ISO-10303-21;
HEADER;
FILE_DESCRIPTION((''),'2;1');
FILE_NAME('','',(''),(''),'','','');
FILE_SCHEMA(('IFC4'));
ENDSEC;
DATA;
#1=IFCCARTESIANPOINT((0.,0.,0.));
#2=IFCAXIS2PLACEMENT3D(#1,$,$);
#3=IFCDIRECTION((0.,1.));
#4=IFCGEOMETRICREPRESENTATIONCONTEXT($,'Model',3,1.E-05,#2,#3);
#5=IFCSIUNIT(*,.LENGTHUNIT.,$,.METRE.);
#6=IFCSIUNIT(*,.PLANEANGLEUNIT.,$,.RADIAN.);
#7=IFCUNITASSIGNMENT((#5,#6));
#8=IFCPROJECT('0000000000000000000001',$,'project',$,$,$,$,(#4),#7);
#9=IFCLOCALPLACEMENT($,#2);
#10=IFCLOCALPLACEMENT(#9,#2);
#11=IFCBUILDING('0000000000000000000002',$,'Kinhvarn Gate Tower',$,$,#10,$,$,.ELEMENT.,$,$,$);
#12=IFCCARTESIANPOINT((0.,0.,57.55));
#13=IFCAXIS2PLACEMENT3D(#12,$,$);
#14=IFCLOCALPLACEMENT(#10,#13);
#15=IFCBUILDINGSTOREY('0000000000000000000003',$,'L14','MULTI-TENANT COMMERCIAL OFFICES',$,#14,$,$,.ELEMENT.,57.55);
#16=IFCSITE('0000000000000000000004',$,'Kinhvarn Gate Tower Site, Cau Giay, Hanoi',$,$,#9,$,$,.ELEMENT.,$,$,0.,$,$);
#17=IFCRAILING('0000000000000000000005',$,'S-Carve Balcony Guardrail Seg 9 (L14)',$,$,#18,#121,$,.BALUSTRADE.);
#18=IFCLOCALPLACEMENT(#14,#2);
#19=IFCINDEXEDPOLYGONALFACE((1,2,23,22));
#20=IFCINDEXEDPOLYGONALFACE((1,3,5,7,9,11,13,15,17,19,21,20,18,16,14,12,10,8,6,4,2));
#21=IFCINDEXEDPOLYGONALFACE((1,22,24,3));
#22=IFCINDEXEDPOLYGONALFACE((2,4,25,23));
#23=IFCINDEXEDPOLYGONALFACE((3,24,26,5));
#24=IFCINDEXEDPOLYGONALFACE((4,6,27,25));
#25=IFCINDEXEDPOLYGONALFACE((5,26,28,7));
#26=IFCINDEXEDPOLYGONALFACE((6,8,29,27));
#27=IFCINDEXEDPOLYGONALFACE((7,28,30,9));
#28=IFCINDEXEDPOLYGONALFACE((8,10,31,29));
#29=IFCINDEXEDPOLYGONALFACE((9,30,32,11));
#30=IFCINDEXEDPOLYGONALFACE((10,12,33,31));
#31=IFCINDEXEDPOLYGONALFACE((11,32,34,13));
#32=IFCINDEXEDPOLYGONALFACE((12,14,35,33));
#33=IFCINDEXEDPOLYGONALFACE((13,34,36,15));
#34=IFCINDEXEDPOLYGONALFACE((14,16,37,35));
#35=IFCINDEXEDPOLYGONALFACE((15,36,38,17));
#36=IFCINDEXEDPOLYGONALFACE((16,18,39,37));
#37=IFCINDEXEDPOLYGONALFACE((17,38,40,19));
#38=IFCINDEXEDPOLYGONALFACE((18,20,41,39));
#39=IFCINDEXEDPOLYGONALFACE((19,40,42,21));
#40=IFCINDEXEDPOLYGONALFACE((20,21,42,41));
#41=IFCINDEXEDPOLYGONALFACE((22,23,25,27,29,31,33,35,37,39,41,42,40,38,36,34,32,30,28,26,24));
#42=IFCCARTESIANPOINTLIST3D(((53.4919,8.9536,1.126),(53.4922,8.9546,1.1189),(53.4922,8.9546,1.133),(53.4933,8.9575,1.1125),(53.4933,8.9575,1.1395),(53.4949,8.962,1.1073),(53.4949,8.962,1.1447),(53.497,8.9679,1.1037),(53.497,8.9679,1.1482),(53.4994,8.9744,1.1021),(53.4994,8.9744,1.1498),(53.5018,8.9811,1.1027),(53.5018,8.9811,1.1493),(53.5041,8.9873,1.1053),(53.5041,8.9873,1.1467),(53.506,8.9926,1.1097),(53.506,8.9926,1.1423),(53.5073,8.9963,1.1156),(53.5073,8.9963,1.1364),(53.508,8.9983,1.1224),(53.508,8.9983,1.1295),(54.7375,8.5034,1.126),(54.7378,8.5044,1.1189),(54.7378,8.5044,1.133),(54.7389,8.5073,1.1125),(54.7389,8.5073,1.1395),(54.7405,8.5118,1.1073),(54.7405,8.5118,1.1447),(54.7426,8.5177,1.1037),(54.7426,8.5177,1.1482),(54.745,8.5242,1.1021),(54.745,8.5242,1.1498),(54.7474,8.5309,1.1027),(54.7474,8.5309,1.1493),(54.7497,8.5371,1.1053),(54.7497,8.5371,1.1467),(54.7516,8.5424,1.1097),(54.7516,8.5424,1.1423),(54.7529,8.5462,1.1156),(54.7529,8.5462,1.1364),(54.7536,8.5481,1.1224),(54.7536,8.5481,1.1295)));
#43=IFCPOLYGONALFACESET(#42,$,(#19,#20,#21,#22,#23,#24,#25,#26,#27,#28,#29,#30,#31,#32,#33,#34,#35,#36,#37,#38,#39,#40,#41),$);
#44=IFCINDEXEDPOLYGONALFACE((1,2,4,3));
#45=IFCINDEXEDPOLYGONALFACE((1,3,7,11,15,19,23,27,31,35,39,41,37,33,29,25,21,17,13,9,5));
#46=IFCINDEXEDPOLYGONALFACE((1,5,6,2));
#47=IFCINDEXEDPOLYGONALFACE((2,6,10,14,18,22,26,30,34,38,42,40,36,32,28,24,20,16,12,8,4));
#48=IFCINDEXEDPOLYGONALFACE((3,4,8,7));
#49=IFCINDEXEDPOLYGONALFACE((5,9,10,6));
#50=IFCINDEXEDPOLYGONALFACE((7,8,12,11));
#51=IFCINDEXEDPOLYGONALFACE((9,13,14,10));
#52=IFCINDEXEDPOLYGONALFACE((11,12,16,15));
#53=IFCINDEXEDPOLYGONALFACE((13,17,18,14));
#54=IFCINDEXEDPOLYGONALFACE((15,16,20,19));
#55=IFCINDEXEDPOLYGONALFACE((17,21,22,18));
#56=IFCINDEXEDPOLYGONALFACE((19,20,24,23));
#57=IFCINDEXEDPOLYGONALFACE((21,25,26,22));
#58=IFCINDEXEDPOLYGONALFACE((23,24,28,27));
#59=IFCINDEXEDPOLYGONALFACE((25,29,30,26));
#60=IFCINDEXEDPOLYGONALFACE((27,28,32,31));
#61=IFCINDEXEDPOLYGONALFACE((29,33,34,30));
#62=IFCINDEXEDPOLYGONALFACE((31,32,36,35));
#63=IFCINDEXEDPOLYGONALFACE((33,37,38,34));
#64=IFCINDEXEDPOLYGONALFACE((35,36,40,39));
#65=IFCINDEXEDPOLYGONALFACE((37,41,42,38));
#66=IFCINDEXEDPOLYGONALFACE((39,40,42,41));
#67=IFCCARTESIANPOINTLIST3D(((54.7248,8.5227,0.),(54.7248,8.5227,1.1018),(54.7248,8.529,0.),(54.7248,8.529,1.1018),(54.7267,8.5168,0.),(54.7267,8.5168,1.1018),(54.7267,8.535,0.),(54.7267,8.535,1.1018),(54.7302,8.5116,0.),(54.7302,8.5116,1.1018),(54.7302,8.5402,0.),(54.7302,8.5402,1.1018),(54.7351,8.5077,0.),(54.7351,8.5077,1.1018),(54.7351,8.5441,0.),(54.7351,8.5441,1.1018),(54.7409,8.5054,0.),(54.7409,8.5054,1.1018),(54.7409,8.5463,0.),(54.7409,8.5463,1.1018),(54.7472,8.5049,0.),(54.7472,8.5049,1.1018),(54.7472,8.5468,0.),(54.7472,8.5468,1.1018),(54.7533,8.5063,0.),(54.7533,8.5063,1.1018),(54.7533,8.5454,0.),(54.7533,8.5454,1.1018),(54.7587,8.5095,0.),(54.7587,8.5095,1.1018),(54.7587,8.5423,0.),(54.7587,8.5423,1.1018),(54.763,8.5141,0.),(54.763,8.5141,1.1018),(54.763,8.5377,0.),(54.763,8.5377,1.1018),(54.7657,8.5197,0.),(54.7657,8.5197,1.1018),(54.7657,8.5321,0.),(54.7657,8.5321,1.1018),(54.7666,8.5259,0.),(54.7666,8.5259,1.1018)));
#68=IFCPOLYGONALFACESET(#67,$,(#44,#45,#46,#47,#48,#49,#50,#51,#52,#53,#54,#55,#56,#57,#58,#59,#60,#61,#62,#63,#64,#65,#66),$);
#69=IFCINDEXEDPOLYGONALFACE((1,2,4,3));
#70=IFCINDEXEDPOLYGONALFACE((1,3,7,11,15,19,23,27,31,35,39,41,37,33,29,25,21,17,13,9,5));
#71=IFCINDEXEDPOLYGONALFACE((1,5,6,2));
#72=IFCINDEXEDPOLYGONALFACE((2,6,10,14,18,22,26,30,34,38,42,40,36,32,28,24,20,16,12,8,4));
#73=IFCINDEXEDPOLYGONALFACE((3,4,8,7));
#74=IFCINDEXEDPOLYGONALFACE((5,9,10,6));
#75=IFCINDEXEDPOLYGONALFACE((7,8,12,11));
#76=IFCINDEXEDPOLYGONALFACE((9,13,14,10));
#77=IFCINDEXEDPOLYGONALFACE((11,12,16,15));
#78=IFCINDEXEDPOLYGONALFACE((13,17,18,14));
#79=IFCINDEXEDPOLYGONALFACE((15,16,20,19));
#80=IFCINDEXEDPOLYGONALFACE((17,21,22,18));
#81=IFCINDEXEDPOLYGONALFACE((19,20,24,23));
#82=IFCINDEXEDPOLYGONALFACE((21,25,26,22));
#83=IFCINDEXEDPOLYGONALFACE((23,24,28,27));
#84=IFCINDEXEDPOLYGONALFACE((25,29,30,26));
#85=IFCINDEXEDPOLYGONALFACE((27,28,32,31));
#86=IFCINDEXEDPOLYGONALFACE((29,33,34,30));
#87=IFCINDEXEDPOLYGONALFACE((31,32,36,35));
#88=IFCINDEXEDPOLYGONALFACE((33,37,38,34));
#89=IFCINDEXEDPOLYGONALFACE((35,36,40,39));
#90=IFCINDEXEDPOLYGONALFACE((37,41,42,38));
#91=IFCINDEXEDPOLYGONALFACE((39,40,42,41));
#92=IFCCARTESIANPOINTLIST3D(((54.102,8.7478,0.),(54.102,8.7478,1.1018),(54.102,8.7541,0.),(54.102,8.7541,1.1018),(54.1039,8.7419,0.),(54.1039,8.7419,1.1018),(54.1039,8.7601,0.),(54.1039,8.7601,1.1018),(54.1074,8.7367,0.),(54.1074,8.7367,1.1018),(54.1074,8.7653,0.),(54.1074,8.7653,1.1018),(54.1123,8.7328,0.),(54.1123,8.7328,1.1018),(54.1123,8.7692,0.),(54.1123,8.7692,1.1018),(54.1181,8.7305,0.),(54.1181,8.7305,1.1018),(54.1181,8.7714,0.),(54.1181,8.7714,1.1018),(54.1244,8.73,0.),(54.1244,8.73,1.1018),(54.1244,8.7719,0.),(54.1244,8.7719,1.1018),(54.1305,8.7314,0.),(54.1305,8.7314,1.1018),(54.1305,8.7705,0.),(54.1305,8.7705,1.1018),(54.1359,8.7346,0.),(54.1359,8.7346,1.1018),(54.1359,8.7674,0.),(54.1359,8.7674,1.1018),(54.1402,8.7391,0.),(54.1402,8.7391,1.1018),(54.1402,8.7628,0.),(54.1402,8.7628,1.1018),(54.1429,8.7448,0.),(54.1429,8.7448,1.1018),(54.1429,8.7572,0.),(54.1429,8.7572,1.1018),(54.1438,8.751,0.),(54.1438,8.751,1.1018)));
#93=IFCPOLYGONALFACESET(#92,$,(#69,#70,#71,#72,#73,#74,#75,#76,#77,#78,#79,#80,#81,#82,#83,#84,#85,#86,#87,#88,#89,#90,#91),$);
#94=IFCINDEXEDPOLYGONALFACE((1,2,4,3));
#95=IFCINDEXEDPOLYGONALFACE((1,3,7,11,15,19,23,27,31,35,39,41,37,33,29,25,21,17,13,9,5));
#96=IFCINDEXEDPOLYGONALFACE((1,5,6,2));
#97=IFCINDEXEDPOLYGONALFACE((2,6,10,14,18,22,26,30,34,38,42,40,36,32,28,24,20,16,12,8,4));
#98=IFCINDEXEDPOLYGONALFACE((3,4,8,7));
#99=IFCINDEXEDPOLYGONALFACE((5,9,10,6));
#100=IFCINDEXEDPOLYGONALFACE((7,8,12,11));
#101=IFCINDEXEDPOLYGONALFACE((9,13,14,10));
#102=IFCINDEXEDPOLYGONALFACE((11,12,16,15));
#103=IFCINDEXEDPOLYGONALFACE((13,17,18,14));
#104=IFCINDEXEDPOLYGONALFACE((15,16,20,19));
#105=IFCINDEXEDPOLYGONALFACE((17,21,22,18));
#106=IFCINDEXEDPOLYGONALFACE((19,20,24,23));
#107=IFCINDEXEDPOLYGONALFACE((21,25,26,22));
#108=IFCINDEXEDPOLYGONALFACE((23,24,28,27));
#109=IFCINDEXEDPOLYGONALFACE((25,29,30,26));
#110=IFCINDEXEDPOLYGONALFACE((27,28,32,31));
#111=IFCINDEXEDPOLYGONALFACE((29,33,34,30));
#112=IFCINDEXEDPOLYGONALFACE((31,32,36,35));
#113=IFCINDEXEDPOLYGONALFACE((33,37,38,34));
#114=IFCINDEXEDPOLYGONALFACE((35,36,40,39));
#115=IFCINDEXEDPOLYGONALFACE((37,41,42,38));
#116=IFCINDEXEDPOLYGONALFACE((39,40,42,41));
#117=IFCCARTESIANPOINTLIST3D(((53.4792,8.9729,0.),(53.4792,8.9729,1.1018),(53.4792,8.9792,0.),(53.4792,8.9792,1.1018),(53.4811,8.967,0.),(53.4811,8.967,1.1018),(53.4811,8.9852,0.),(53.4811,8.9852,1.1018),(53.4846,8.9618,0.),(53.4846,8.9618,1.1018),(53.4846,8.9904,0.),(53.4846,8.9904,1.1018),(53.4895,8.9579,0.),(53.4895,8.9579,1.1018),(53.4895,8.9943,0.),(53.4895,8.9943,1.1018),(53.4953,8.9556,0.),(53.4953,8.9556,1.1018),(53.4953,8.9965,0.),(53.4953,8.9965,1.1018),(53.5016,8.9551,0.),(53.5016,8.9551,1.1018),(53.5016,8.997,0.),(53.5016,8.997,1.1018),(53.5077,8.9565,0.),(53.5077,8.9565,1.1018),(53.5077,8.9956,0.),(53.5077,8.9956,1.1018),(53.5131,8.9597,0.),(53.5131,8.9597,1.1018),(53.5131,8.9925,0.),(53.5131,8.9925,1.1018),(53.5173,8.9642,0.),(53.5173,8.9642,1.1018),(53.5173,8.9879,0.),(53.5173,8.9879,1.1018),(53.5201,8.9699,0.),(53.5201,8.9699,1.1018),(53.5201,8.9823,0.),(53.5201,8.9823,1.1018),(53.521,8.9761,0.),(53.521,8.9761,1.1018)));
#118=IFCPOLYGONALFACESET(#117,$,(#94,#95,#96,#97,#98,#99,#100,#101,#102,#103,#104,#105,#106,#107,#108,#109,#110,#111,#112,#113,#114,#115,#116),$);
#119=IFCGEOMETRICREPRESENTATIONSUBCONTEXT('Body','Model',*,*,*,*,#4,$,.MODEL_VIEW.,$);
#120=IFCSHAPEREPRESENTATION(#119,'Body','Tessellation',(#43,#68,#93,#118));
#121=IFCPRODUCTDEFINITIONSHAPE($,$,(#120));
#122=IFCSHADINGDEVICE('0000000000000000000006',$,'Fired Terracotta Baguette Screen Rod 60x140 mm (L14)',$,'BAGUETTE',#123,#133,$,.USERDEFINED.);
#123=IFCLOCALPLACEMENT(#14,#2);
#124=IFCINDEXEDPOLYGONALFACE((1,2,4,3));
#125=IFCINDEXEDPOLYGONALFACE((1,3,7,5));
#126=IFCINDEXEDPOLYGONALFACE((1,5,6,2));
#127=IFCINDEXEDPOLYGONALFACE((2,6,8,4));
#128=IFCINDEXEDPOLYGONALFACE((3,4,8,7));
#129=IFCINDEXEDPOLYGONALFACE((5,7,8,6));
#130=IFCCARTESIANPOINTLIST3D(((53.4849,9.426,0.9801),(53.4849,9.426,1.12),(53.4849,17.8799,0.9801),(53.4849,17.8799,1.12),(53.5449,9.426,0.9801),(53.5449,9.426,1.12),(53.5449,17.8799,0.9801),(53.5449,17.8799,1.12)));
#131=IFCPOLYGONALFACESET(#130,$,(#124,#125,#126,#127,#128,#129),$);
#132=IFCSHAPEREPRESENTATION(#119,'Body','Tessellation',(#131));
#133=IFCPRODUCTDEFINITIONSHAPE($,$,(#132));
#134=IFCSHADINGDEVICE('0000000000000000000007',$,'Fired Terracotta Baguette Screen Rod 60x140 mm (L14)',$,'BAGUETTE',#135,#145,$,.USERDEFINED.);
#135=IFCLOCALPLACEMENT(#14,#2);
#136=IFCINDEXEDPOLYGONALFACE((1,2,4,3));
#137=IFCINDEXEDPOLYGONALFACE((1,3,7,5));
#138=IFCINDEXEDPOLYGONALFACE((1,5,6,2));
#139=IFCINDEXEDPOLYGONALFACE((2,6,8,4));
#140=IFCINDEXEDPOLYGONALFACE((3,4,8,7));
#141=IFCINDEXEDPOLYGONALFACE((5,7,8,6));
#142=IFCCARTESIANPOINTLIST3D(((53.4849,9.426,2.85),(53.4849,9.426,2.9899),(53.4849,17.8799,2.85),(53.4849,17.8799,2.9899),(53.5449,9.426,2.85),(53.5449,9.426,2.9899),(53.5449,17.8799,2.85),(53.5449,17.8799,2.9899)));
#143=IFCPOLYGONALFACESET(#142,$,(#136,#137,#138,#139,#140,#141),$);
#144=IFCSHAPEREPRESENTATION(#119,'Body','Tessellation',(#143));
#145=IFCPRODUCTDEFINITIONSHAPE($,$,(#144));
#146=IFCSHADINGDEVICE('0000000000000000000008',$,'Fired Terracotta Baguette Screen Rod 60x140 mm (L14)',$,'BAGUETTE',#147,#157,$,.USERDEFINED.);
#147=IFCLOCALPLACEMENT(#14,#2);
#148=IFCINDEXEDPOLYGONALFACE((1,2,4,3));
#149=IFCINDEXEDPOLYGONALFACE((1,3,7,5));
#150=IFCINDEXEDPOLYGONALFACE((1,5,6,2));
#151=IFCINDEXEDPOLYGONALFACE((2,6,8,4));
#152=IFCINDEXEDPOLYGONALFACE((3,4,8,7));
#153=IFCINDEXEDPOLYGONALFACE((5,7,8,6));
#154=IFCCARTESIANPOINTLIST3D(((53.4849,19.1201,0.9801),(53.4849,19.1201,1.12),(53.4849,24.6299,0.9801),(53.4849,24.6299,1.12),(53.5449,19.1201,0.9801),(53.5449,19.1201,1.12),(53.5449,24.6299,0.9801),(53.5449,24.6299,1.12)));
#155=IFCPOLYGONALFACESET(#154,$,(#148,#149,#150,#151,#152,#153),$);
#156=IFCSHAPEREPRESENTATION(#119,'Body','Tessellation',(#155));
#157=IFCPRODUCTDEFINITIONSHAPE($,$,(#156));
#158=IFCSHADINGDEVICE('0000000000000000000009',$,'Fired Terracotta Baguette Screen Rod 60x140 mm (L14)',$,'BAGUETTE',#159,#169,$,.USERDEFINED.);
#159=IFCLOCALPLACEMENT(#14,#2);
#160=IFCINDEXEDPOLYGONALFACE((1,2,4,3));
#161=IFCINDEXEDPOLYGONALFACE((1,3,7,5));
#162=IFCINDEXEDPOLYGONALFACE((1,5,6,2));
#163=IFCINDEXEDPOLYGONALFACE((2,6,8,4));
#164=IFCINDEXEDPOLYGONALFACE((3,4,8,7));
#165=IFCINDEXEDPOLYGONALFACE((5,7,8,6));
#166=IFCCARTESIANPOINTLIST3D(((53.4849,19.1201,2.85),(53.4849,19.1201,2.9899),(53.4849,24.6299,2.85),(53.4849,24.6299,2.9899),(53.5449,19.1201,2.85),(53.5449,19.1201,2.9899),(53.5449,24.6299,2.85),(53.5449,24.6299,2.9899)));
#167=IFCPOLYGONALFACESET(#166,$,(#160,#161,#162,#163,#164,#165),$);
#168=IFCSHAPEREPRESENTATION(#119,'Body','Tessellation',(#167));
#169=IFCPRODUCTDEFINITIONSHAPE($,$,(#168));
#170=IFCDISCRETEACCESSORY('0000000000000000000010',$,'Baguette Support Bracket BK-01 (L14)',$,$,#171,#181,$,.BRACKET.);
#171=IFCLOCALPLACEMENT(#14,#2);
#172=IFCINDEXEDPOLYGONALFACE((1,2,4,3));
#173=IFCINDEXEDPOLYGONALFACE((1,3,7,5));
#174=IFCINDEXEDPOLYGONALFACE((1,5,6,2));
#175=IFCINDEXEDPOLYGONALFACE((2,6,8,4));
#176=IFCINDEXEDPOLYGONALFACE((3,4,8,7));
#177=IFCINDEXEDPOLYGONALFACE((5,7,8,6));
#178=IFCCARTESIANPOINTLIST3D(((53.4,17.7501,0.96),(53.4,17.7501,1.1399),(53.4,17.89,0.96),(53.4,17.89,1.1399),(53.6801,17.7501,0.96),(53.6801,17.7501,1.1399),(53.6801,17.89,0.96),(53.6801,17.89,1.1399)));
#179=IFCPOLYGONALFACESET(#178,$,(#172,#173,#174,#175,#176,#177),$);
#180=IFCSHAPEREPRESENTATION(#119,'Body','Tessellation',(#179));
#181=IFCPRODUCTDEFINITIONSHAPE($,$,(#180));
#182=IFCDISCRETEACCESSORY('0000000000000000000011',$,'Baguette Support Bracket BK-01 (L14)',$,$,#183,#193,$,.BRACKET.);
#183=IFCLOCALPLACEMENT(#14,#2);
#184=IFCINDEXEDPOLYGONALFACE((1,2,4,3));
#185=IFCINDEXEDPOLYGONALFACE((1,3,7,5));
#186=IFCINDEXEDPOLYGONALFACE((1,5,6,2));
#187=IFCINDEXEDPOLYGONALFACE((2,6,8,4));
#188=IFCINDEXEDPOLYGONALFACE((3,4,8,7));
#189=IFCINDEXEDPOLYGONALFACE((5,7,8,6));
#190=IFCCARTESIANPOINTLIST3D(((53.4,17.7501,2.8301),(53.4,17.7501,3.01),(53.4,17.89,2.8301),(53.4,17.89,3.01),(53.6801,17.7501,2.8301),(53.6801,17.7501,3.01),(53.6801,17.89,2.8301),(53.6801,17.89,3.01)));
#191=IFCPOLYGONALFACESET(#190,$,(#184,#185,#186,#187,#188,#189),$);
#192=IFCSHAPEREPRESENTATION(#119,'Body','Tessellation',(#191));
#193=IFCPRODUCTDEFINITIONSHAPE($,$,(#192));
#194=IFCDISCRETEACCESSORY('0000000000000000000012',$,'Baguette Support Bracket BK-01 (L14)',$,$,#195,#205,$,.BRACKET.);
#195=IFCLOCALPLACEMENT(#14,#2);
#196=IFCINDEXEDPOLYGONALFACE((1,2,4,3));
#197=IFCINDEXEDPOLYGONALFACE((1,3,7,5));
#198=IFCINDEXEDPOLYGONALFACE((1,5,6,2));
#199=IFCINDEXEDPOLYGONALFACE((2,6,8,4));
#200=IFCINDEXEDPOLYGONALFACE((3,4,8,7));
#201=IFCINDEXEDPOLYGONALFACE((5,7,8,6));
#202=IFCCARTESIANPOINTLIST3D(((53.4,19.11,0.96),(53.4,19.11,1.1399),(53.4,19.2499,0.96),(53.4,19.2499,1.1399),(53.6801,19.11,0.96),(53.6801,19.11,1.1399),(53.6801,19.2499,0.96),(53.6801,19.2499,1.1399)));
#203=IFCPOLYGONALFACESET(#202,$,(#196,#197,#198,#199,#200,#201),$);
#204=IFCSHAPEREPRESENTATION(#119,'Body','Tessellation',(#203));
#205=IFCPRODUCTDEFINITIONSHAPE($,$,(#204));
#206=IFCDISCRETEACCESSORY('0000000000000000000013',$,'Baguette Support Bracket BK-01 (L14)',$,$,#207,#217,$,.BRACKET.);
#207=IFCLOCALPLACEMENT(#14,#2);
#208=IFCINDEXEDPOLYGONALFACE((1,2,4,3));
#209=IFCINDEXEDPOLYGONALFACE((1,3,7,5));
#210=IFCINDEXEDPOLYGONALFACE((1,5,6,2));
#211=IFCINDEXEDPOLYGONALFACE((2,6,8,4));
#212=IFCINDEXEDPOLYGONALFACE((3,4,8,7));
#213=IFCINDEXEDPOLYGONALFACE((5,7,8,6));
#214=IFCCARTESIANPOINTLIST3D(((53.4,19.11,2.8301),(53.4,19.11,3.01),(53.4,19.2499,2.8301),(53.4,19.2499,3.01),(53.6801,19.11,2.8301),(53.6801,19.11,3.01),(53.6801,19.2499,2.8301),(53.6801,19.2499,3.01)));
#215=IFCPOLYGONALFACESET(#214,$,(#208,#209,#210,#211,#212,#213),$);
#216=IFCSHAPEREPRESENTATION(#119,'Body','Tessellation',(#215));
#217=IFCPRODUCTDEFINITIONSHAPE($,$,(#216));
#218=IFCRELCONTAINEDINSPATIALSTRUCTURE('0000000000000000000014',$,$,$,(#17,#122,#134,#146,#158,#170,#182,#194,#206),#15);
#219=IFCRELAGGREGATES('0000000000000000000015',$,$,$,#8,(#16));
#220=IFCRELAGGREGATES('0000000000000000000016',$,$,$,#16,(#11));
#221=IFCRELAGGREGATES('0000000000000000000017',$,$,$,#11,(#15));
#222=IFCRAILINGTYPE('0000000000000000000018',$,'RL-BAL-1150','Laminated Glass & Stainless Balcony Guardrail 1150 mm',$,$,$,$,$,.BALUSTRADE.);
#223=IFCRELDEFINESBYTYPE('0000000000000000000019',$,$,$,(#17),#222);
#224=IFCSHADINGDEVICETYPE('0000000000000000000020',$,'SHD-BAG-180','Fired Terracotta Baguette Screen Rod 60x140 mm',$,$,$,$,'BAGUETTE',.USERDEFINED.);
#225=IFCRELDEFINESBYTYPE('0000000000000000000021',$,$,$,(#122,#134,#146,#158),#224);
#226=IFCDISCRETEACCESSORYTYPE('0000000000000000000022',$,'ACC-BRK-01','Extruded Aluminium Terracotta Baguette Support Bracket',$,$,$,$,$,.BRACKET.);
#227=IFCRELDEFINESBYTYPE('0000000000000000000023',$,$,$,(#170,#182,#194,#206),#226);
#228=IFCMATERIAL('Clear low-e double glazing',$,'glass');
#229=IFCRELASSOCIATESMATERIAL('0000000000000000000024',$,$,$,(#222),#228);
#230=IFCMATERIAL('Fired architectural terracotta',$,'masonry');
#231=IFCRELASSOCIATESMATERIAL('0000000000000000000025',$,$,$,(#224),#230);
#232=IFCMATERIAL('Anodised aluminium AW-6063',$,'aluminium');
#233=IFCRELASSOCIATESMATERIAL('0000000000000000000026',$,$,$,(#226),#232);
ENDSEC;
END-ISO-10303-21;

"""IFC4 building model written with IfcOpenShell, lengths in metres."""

from ifc_helpers import new_model, si_unit, direction, frame, origin, origin_2d, place, context, subcontext, project, spatial, rectangle, circle, extrude, material, material_profile, profile_set, type_object, element, save


model = new_model("IFC4")

# Units and contexts
model_context = context("Model", 3, precision=1e-05, world=origin(), true_north=direction((0.0, 1.0)))
body_context = subcontext(model_context, "Body", "Model", "MODEL_VIEW")
ifc_project = project(units=[si_unit("LENGTHUNIT", "METRE"), si_unit("PLANEANGLEUNIT", "RADIAN")], contexts=[model_context])

# Site, building, storey
site_placement = place(None, origin())
site = spatial("IfcSite", under=ifc_project, at=site_placement, Name="Kinhvarn Gate Tower Site, Cau Giay, Hanoi", CompositionType="ELEMENT", RefElevation=0.0)
building_placement = place(site_placement, origin())
building = spatial("IfcBuilding", under=site, at=building_placement, Name="Kinhvarn Gate Tower", CompositionType="ELEMENT")
storey_placement = place(building_placement, frame((0.0, 0.0, 57.55)))
storey = spatial("IfcBuildingStorey", under=building, at=storey_placement, Name="L14", Description="MULTI-TENANT COMMERCIAL OFFICES", CompositionType="ELEMENT", Elevation=57.55)

# Shared definitions
ifc_material_1 = material(Name="Anodised aluminium AW-6063", Category="aluminium")

# Shared definitions
ifc_material_2 = material(Name="Clear low-e double glazing", Category="glass")

# Railing
railing_type = type_object("IfcRailingType", Name="RL-BAL-1150", Description="Laminated Glass & Stainless Balcony Guardrail 1150 mm", PredefinedType="BALUSTRADE", material=ifc_material_2)
railing_placement = place(storey_placement, frame((54.7456, 8.5259, 0.0)))
element("IfcRailing", 1, at=railing_placement, inside=storey, type_object=railing_type, Name="S-Carve Balcony Guardrail Seg 9 (L14)", PredefinedType="BALUSTRADE", context=body_context, shape_type="SweptSolid", body=[
    extrude(circle(Radius=0.0239, at=origin_2d()), frame((0.0, 0.0, 1.126), z_axis=(-0.940459, 0.339907, 0.0), x_axis=(-0.339907, -0.940459, 0.0)), (0.0, 0.0, 1.0), 1.3245),
    extrude(circle(Radius=0.021, at=origin_2d()), origin(), (0.0, 0.0, 1.0), 1.1018),
    extrude(circle(Radius=0.021, at=origin_2d()), frame((-0.6228, 0.2251, 0.0)), (0.0, 0.0, 1.0), 1.1018),
    extrude(circle(Radius=0.021, at=origin_2d()), frame((-1.2456, 0.4502, 0.0)), (0.0, 0.0, 1.0), 1.1018),
])

# Shading devices
ifc_material_3 = material(Name="Fired architectural terracotta", Category="masonry")
ifc_material_profile_1 = material_profile(ifc_material_3, rectangle(XDim=0.0601, YDim=0.1399, at=origin_2d()), Name="TC 60x140")
ifc_profile_set_1 = profile_set([ifc_material_profile_1], Name="Fired architectural terracotta")
shading_device_type = type_object("IfcShadingDeviceType", Name="SHD-BAG-180", Description="Fired Terracotta Baguette Screen Rod 60x140 mm", ElementType="BAGUETTE", PredefinedType="USERDEFINED", material=ifc_profile_set_1)
for number, where, z_axis, x_axis, name in (
    (2, (53.5149, 9.426, 1.05), (0.0, 1.0, 0.0), (-1.0, 0.0, 0.0), "Fired Terracotta Baguette Screen Rod 60x140 mm (L14)"),
    (3, (53.5149, 9.426, 2.9199), (0.0, 1.0, 0.0), (-1.0, 0.0, 0.0), "Fired Terracotta Baguette Screen Rod 60x140 mm (L14)"),
):
    element("IfcShadingDevice", number, at=place(storey_placement, frame(where, z_axis=z_axis, x_axis=x_axis)), inside=storey, type_object=shading_device_type, Name=name, ObjectType="BAGUETTE", PredefinedType="USERDEFINED", context=body_context, shape_type="SweptSolid", body=[
        extrude(rectangle(XDim=0.0601, YDim=0.1399, at=origin_2d()), origin(), (0.0, 0.0, 1.0), 8.4539),
    ])
for number, where, z_axis, x_axis, name in (
    (4, (53.5149, 19.1201, 1.05), (0.0, 1.0, 0.0), (-1.0, 0.0, 0.0), "Fired Terracotta Baguette Screen Rod 60x140 mm (L14)"),
    (5, (53.5149, 19.1201, 2.9199), (0.0, 1.0, 0.0), (-1.0, 0.0, 0.0), "Fired Terracotta Baguette Screen Rod 60x140 mm (L14)"),
):
    element("IfcShadingDevice", number, at=place(storey_placement, frame(where, z_axis=z_axis, x_axis=x_axis)), inside=storey, type_object=shading_device_type, Name=name, ObjectType="BAGUETTE", PredefinedType="USERDEFINED", context=body_context, shape_type="SweptSolid", body=[
        extrude(rectangle(XDim=0.0601, YDim=0.1399, at=origin_2d()), origin(), (0.0, 0.0, 1.0), 5.5098),
    ])

# Discrete accessories
discrete_accessory_type = type_object("IfcDiscreteAccessoryType", Name="ACC-BRK-01", Description="Extruded Aluminium Terracotta Baguette Support Bracket", PredefinedType="BRACKET", material=ifc_material_1)
for number, where, z_axis, x_axis, name in (
    (6, (53.54, 17.8201, 0.96), (0.0, 0.0, 1.0), (0.0, 1.0, 0.0), "Baguette Support Bracket BK-01 (L14)"),
    (7, (53.54, 17.8201, 2.8301), (0.0, 0.0, 1.0), (0.0, 1.0, 0.0), "Baguette Support Bracket BK-01 (L14)"),
    (8, (53.54, 19.1799, 0.96), (0.0, 0.0, 1.0), (0.0, 1.0, 0.0), "Baguette Support Bracket BK-01 (L14)"),
    (9, (53.54, 19.1799, 2.8301), (0.0, 0.0, 1.0), (0.0, 1.0, 0.0), "Baguette Support Bracket BK-01 (L14)"),
):
    element("IfcDiscreteAccessory", number, at=place(storey_placement, frame(where, z_axis=z_axis, x_axis=x_axis)), inside=storey, type_object=discrete_accessory_type, Name=name, PredefinedType="BRACKET", context=body_context, shape_type="SweptSolid", body=[
        extrude(rectangle(XDim=0.1399, YDim=0.28, at=origin_2d()), origin(), (0.0, 0.0, 1.0), 0.1799),
    ])

save(model, "model.ifc")
